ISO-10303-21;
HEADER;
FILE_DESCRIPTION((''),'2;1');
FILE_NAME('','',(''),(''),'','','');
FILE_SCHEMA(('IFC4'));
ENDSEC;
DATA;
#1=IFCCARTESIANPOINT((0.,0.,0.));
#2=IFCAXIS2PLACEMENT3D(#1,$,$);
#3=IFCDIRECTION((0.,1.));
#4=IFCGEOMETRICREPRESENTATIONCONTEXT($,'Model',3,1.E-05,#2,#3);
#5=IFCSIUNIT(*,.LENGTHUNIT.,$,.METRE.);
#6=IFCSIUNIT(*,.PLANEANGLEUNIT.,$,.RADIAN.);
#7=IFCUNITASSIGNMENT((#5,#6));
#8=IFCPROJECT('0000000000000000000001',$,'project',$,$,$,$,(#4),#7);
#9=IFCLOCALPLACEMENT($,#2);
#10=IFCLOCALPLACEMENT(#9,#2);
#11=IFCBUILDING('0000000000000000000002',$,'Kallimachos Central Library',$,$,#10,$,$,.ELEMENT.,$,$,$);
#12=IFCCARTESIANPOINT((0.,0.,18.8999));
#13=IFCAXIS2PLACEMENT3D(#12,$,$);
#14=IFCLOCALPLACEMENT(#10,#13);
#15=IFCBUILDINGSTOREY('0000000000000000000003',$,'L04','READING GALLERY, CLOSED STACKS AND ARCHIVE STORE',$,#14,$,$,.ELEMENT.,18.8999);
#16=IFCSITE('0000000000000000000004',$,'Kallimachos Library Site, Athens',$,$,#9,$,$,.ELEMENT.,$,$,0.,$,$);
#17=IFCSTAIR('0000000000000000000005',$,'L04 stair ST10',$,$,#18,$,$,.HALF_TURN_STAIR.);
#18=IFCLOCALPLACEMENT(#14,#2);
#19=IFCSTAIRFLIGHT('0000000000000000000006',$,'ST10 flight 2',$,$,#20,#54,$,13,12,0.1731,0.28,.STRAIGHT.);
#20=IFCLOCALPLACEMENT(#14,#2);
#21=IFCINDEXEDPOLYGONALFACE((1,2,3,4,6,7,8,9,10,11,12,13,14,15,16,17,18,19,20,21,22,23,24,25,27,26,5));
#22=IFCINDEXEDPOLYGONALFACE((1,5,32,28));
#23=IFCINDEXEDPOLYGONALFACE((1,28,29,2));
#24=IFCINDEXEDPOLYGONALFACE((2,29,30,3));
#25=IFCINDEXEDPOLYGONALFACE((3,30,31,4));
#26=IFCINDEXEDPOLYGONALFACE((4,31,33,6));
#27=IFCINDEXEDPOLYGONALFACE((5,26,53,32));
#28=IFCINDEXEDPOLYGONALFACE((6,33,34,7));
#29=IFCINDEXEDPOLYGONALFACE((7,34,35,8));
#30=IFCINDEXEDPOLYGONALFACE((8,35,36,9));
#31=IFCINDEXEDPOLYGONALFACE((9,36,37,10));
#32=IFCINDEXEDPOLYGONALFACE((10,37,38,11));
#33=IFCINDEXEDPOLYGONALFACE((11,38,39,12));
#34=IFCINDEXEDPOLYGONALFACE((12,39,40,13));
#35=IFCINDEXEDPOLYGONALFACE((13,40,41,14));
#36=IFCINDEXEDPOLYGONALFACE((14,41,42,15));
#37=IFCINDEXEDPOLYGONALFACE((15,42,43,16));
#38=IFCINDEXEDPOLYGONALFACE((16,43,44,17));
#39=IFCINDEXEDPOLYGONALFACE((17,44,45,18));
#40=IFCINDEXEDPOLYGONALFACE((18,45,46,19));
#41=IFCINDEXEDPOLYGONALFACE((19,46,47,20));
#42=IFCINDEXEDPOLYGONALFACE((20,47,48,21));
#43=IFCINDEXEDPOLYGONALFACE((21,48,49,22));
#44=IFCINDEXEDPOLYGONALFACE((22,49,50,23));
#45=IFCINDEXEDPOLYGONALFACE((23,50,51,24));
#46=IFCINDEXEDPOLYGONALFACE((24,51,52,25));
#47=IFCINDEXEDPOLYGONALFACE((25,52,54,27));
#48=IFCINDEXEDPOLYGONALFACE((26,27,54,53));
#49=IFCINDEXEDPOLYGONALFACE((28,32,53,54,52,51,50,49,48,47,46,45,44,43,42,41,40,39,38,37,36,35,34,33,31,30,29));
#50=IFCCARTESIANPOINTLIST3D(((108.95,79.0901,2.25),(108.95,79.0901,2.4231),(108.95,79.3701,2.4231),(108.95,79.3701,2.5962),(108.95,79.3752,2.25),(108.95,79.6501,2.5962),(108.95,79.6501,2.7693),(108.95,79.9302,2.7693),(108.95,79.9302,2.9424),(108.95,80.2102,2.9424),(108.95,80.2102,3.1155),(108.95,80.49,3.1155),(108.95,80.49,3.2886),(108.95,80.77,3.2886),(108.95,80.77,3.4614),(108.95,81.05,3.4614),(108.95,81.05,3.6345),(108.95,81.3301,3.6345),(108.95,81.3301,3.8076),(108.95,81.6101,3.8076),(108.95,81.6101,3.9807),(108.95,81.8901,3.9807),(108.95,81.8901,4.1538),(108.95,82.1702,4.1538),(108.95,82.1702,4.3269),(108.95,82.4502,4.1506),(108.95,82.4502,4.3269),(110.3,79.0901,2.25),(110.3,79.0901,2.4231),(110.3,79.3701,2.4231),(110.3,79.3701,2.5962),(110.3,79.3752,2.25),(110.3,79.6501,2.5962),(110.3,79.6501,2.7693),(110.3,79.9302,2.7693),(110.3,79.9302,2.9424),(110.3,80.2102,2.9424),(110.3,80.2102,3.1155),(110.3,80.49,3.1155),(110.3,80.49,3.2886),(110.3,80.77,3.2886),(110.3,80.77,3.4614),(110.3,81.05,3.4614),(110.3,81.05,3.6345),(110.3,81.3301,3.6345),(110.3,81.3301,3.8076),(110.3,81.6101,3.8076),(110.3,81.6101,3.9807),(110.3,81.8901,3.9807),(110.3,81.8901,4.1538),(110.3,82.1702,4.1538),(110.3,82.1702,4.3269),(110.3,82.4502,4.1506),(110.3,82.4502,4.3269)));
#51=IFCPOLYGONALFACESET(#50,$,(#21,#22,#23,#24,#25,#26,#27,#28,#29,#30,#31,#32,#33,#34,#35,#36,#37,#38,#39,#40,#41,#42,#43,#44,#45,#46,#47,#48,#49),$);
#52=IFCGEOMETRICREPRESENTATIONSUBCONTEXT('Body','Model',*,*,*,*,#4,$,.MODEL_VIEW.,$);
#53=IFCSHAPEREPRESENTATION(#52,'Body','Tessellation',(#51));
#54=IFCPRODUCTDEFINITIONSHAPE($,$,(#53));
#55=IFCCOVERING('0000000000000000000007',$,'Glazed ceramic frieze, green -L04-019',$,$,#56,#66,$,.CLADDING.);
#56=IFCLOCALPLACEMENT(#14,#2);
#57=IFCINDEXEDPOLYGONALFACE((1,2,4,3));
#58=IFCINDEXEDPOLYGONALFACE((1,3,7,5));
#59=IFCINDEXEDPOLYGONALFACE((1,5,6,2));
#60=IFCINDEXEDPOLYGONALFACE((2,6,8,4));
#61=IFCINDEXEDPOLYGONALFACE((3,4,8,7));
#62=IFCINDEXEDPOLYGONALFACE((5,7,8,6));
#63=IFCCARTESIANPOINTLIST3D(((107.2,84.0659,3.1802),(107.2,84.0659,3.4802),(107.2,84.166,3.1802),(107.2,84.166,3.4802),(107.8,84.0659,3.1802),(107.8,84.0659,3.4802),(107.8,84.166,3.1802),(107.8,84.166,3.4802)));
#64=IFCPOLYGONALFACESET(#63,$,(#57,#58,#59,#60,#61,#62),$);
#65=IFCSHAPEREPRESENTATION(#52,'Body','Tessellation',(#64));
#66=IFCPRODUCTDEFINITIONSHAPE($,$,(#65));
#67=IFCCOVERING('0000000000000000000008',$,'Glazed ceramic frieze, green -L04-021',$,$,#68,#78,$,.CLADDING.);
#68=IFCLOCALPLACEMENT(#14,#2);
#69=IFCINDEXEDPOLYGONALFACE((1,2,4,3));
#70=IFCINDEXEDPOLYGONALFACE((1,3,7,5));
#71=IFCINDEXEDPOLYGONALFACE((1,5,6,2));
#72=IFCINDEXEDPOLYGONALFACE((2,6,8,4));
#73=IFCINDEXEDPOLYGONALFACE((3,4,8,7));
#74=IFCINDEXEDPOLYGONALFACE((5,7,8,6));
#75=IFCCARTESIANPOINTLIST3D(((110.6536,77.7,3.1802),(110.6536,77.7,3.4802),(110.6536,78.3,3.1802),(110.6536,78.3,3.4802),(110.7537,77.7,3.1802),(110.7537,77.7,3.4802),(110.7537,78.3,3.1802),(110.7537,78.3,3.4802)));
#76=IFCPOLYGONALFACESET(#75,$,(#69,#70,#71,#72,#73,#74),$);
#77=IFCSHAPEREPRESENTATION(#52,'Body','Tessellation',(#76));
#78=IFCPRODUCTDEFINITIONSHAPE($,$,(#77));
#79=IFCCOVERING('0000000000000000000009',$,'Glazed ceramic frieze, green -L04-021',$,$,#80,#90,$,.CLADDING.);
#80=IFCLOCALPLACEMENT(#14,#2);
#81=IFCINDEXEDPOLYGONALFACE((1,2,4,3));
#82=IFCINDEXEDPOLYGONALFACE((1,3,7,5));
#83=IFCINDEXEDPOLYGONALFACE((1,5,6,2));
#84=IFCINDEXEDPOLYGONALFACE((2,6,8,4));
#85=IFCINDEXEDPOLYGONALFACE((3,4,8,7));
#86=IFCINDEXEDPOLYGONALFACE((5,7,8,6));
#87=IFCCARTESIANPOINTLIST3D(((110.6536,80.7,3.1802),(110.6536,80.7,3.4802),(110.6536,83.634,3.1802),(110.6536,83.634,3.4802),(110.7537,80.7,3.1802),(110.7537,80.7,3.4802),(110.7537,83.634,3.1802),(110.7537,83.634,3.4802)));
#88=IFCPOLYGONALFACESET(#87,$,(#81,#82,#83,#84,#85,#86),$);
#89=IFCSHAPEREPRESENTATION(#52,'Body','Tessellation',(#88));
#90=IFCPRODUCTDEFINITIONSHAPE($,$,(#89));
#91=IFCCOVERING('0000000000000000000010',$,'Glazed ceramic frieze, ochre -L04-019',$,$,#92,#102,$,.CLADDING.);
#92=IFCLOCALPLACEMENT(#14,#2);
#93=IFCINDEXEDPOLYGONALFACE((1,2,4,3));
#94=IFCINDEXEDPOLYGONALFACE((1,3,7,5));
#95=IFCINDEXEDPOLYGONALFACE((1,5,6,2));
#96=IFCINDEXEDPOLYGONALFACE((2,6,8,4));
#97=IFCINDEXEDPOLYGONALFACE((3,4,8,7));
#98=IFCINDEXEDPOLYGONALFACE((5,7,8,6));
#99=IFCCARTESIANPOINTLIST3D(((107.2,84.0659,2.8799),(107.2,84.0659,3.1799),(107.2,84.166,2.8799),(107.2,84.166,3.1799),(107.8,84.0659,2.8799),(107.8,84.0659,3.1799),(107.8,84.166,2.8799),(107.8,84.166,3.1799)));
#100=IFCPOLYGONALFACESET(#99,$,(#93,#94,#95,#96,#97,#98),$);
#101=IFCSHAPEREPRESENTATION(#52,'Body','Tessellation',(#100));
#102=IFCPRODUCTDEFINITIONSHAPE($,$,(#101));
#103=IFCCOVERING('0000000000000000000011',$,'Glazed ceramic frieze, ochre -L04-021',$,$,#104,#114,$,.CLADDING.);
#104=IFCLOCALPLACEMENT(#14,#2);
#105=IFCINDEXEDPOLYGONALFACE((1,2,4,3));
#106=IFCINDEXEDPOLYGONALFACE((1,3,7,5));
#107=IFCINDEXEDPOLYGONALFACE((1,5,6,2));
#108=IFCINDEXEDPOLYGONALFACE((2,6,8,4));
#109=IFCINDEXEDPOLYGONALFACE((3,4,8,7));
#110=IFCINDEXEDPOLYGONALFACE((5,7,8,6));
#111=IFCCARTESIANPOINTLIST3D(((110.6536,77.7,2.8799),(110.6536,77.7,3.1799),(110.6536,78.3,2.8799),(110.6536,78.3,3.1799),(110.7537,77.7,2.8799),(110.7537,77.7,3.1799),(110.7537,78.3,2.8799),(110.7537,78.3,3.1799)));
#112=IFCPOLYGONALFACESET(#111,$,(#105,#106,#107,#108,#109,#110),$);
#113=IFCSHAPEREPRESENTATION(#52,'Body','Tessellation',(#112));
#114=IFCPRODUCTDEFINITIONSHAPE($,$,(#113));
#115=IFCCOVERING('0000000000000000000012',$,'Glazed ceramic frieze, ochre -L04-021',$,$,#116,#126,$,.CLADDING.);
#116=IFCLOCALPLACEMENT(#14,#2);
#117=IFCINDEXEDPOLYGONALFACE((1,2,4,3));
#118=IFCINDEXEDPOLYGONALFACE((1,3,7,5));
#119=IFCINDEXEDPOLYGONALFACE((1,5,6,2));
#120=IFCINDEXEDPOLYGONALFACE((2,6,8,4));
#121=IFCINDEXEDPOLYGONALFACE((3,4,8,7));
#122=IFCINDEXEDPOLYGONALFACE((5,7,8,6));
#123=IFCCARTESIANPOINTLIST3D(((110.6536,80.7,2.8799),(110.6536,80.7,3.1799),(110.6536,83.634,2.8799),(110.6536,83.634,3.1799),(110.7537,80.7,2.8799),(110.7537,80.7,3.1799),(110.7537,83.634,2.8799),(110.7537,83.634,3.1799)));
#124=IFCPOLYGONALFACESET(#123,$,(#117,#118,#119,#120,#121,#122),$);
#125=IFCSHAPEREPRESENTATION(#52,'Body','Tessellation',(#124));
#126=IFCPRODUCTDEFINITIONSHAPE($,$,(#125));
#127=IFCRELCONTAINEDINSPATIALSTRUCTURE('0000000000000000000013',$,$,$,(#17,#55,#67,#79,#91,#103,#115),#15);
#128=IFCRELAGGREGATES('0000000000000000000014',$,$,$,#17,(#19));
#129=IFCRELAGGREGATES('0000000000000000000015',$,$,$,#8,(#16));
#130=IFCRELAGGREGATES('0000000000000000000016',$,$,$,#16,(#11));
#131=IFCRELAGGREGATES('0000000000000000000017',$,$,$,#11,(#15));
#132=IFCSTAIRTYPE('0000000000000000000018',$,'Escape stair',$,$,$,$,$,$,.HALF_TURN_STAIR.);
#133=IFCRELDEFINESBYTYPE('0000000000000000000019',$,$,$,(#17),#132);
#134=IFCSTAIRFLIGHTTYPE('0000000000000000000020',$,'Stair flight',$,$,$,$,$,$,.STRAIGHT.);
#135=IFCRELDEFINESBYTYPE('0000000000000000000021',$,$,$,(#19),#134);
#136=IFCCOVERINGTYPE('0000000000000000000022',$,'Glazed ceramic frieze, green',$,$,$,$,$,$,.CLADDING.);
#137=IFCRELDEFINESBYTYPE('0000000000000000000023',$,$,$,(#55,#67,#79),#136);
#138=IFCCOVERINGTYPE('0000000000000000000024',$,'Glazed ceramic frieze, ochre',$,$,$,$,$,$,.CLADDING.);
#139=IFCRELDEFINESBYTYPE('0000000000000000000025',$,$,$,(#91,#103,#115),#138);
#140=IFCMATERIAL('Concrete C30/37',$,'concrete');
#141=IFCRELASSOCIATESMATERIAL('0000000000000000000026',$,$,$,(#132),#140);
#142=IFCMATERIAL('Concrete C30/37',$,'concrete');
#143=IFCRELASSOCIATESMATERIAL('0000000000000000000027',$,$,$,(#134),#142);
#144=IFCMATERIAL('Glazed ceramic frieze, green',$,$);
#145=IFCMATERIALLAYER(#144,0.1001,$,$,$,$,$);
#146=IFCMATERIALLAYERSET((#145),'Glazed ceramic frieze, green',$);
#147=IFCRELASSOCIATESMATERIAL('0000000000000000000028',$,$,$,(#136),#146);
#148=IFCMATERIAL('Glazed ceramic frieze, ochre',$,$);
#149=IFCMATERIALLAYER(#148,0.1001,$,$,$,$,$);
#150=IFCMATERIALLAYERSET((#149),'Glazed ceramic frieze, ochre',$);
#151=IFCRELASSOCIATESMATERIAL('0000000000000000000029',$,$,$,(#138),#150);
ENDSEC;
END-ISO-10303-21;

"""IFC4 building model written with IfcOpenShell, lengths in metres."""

from ifc_helpers import new_model, si_unit, direction, frame, origin, origin_2d, place, context, subcontext, project, spatial, polyline, rectangle, outline, extrude, material, layer, layer_set, type_object, element, aggregate, save


model = new_model("IFC4")

# Units and contexts
model_context = context("Model", 3, precision=1e-05, world=origin(), true_north=direction((0.0, 1.0)))
body_context = subcontext(model_context, "Body", "Model", "MODEL_VIEW")
ifc_project = project(units=[si_unit("LENGTHUNIT", "METRE"), si_unit("PLANEANGLEUNIT", "RADIAN")], contexts=[model_context])

# Site, building, storey
site_placement = place(None, origin())
site = spatial("IfcSite", under=ifc_project, at=site_placement, Name="Kallimachos Library Site, Athens", CompositionType="ELEMENT", RefElevation=0.0)
building_placement = place(site_placement, origin())
building = spatial("IfcBuilding", under=site, at=building_placement, Name="Kallimachos Central Library", CompositionType="ELEMENT")
storey_placement = place(building_placement, frame((0.0, 0.0, 18.8999)))
storey = spatial("IfcBuildingStorey", under=building, at=storey_placement, Name="L04", Description="READING GALLERY, CLOSED STACKS AND ARCHIVE STORE", CompositionType="ELEMENT", Elevation=18.8999)

# Stair, stair flight
ifc_material_1 = material(Name="Concrete C30/37", Category="concrete")
stair_type = type_object("IfcStairType", Name="Escape stair", PredefinedType="HALF_TURN_STAIR", material=ifc_material_1)
stair_placement = place(storey_placement, origin())
stair = element("IfcStair", 1, at=stair_placement, inside=storey, type_object=stair_type, Name="L04 stair ST10", PredefinedType="HALF_TURN_STAIR")
ifc_material_2 = material(Name="Concrete C30/37", Category="concrete")
stair_flight_type = type_object("IfcStairFlightType", Name="Stair flight", PredefinedType="STRAIGHT", material=ifc_material_2)
stair_flight_1_placement = place(storey_placement, frame((109.625, 79.0901, 2.25), z_axis=(0.0, 0.0, 1.0), x_axis=(0.0, 1.0, 0.0)))
stair_flight_1 = element("IfcStairFlight", 2, at=stair_flight_1_placement, type_object=stair_flight_type, Name="ST10 flight 2", NumberOfRisers=13, NumberOfTreads=12, PredefinedType="STRAIGHT", RiserHeight=0.1731, TreadLength=0.28, context=body_context, shape_type="SweptSolid", body=[
    extrude(outline(polyline([(0.0, 0.0), (0.0, 0.1731), (0.28, 0.1731), (0.28, 0.3462), (0.5601, 0.3462), (0.5601, 0.5193), (0.8401, 0.5193), (0.8401, 0.6924), (1.1201, 0.6924), (1.1201, 0.8655), (1.3999, 0.8655), (1.3999, 1.0386), (1.6799, 1.0386), (1.6799, 1.2114), (1.96, 1.2114), (1.96, 1.3845), (2.24, 1.3845), (2.24, 1.5576), (2.52, 1.5576), (2.52, 1.7307), (2.8, 1.7307), (2.8, 1.9038), (3.0801, 1.9038), (3.0801, 2.0769), (3.3601, 2.0769), (3.3601, 2.25), (3.3601, 1.9006), (0.2852, 0.0), (0.0, 0.0)])), frame((0.0, 0.675, 0.0), z_axis=(0.0, -1.0, 0.0), x_axis=(1.0, 0.0, 0.0)), (0.0, 0.0, 1.0), 1.3501),
])
aggregate(stair, [stair_flight_1])

# Coverings
ifc_material_3 = material(Name="Glazed ceramic frieze, green")
ifc_layer_1 = layer(ifc_material_3, 0.1001)
ifc_layer_set_1 = layer_set([ifc_layer_1], Name="Glazed ceramic frieze, green")
covering_type_1 = type_object("IfcCoveringType", Name="Glazed ceramic frieze, green", PredefinedType="CLADDING", material=ifc_layer_set_1)
covering_1_placement = place(storey_placement, frame((107.5, 84.116, 3.1802), z_axis=(0.0, 0.0, 1.0), x_axis=(1.0, 0.0, 0.0)))
element("IfcCovering", 3, at=covering_1_placement, inside=storey, type_object=covering_type_1, Name="Glazed ceramic frieze, green -L04-019", PredefinedType="CLADDING", context=body_context, shape_type="SweptSolid", body=[
    extrude(rectangle(XDim=0.6001, YDim=0.1001, at=origin_2d()), origin(), (0.0, 0.0, 1.0), 0.3),
])
covering_2_placement = place(storey_placement, frame((110.7036, 78.0, 3.1802), z_axis=(0.0, 0.0, 1.0), x_axis=(1.0, 0.0, 0.0)))
element("IfcCovering", 4, at=covering_2_placement, inside=storey, type_object=covering_type_1, Name="Glazed ceramic frieze, green -L04-021", PredefinedType="CLADDING", context=body_context, shape_type="SweptSolid", body=[
    extrude(rectangle(XDim=0.1001, YDim=0.6001, at=origin_2d()), origin(), (0.0, 0.0, 1.0), 0.3),
])
covering_3_placement = place(storey_placement, frame((110.7036, 82.167, 3.1802), z_axis=(0.0, 0.0, 1.0), x_axis=(1.0, 0.0, 0.0)))
element("IfcCovering", 5, at=covering_3_placement, inside=storey, type_object=covering_type_1, Name="Glazed ceramic frieze, green -L04-021", PredefinedType="CLADDING", context=body_context, shape_type="SweptSolid", body=[
    extrude(rectangle(XDim=0.1001, YDim=2.9341, at=origin_2d()), origin(), (0.0, 0.0, 1.0), 0.3),
])
ifc_material_4 = material(Name="Glazed ceramic frieze, ochre")
ifc_layer_2 = layer(ifc_material_4, 0.1001)
ifc_layer_set_2 = layer_set([ifc_layer_2], Name="Glazed ceramic frieze, ochre")
covering_type_2 = type_object("IfcCoveringType", Name="Glazed ceramic frieze, ochre", PredefinedType="CLADDING", material=ifc_layer_set_2)
covering_4_placement = place(storey_placement, frame((107.5, 84.116, 2.8799), z_axis=(0.0, 0.0, 1.0), x_axis=(1.0, 0.0, 0.0)))
element("IfcCovering", 6, at=covering_4_placement, inside=storey, type_object=covering_type_2, Name="Glazed ceramic frieze, ochre -L04-019", PredefinedType="CLADDING", context=body_context, shape_type="SweptSolid", body=[
    extrude(rectangle(XDim=0.6001, YDim=0.1001, at=origin_2d()), origin(), (0.0, 0.0, 1.0), 0.3),
])
covering_5_placement = place(storey_placement, frame((110.7036, 78.0, 2.8799), z_axis=(0.0, 0.0, 1.0), x_axis=(1.0, 0.0, 0.0)))
element("IfcCovering", 7, at=covering_5_placement, inside=storey, type_object=covering_type_2, Name="Glazed ceramic frieze, ochre -L04-021", PredefinedType="CLADDING", context=body_context, shape_type="SweptSolid", body=[
    extrude(rectangle(XDim=0.1001, YDim=0.6001, at=origin_2d()), origin(), (0.0, 0.0, 1.0), 0.3),
])
covering_6_placement = place(storey_placement, frame((110.7036, 82.167, 2.8799), z_axis=(0.0, 0.0, 1.0), x_axis=(1.0, 0.0, 0.0)))
element("IfcCovering", 8, at=covering_6_placement, inside=storey, type_object=covering_type_2, Name="Glazed ceramic frieze, ochre -L04-021", PredefinedType="CLADDING", context=body_context, shape_type="SweptSolid", body=[
    extrude(rectangle(XDim=0.1001, YDim=2.9341, at=origin_2d()), origin(), (0.0, 0.0, 1.0), 0.3),
])

save(model, "model.ifc")
